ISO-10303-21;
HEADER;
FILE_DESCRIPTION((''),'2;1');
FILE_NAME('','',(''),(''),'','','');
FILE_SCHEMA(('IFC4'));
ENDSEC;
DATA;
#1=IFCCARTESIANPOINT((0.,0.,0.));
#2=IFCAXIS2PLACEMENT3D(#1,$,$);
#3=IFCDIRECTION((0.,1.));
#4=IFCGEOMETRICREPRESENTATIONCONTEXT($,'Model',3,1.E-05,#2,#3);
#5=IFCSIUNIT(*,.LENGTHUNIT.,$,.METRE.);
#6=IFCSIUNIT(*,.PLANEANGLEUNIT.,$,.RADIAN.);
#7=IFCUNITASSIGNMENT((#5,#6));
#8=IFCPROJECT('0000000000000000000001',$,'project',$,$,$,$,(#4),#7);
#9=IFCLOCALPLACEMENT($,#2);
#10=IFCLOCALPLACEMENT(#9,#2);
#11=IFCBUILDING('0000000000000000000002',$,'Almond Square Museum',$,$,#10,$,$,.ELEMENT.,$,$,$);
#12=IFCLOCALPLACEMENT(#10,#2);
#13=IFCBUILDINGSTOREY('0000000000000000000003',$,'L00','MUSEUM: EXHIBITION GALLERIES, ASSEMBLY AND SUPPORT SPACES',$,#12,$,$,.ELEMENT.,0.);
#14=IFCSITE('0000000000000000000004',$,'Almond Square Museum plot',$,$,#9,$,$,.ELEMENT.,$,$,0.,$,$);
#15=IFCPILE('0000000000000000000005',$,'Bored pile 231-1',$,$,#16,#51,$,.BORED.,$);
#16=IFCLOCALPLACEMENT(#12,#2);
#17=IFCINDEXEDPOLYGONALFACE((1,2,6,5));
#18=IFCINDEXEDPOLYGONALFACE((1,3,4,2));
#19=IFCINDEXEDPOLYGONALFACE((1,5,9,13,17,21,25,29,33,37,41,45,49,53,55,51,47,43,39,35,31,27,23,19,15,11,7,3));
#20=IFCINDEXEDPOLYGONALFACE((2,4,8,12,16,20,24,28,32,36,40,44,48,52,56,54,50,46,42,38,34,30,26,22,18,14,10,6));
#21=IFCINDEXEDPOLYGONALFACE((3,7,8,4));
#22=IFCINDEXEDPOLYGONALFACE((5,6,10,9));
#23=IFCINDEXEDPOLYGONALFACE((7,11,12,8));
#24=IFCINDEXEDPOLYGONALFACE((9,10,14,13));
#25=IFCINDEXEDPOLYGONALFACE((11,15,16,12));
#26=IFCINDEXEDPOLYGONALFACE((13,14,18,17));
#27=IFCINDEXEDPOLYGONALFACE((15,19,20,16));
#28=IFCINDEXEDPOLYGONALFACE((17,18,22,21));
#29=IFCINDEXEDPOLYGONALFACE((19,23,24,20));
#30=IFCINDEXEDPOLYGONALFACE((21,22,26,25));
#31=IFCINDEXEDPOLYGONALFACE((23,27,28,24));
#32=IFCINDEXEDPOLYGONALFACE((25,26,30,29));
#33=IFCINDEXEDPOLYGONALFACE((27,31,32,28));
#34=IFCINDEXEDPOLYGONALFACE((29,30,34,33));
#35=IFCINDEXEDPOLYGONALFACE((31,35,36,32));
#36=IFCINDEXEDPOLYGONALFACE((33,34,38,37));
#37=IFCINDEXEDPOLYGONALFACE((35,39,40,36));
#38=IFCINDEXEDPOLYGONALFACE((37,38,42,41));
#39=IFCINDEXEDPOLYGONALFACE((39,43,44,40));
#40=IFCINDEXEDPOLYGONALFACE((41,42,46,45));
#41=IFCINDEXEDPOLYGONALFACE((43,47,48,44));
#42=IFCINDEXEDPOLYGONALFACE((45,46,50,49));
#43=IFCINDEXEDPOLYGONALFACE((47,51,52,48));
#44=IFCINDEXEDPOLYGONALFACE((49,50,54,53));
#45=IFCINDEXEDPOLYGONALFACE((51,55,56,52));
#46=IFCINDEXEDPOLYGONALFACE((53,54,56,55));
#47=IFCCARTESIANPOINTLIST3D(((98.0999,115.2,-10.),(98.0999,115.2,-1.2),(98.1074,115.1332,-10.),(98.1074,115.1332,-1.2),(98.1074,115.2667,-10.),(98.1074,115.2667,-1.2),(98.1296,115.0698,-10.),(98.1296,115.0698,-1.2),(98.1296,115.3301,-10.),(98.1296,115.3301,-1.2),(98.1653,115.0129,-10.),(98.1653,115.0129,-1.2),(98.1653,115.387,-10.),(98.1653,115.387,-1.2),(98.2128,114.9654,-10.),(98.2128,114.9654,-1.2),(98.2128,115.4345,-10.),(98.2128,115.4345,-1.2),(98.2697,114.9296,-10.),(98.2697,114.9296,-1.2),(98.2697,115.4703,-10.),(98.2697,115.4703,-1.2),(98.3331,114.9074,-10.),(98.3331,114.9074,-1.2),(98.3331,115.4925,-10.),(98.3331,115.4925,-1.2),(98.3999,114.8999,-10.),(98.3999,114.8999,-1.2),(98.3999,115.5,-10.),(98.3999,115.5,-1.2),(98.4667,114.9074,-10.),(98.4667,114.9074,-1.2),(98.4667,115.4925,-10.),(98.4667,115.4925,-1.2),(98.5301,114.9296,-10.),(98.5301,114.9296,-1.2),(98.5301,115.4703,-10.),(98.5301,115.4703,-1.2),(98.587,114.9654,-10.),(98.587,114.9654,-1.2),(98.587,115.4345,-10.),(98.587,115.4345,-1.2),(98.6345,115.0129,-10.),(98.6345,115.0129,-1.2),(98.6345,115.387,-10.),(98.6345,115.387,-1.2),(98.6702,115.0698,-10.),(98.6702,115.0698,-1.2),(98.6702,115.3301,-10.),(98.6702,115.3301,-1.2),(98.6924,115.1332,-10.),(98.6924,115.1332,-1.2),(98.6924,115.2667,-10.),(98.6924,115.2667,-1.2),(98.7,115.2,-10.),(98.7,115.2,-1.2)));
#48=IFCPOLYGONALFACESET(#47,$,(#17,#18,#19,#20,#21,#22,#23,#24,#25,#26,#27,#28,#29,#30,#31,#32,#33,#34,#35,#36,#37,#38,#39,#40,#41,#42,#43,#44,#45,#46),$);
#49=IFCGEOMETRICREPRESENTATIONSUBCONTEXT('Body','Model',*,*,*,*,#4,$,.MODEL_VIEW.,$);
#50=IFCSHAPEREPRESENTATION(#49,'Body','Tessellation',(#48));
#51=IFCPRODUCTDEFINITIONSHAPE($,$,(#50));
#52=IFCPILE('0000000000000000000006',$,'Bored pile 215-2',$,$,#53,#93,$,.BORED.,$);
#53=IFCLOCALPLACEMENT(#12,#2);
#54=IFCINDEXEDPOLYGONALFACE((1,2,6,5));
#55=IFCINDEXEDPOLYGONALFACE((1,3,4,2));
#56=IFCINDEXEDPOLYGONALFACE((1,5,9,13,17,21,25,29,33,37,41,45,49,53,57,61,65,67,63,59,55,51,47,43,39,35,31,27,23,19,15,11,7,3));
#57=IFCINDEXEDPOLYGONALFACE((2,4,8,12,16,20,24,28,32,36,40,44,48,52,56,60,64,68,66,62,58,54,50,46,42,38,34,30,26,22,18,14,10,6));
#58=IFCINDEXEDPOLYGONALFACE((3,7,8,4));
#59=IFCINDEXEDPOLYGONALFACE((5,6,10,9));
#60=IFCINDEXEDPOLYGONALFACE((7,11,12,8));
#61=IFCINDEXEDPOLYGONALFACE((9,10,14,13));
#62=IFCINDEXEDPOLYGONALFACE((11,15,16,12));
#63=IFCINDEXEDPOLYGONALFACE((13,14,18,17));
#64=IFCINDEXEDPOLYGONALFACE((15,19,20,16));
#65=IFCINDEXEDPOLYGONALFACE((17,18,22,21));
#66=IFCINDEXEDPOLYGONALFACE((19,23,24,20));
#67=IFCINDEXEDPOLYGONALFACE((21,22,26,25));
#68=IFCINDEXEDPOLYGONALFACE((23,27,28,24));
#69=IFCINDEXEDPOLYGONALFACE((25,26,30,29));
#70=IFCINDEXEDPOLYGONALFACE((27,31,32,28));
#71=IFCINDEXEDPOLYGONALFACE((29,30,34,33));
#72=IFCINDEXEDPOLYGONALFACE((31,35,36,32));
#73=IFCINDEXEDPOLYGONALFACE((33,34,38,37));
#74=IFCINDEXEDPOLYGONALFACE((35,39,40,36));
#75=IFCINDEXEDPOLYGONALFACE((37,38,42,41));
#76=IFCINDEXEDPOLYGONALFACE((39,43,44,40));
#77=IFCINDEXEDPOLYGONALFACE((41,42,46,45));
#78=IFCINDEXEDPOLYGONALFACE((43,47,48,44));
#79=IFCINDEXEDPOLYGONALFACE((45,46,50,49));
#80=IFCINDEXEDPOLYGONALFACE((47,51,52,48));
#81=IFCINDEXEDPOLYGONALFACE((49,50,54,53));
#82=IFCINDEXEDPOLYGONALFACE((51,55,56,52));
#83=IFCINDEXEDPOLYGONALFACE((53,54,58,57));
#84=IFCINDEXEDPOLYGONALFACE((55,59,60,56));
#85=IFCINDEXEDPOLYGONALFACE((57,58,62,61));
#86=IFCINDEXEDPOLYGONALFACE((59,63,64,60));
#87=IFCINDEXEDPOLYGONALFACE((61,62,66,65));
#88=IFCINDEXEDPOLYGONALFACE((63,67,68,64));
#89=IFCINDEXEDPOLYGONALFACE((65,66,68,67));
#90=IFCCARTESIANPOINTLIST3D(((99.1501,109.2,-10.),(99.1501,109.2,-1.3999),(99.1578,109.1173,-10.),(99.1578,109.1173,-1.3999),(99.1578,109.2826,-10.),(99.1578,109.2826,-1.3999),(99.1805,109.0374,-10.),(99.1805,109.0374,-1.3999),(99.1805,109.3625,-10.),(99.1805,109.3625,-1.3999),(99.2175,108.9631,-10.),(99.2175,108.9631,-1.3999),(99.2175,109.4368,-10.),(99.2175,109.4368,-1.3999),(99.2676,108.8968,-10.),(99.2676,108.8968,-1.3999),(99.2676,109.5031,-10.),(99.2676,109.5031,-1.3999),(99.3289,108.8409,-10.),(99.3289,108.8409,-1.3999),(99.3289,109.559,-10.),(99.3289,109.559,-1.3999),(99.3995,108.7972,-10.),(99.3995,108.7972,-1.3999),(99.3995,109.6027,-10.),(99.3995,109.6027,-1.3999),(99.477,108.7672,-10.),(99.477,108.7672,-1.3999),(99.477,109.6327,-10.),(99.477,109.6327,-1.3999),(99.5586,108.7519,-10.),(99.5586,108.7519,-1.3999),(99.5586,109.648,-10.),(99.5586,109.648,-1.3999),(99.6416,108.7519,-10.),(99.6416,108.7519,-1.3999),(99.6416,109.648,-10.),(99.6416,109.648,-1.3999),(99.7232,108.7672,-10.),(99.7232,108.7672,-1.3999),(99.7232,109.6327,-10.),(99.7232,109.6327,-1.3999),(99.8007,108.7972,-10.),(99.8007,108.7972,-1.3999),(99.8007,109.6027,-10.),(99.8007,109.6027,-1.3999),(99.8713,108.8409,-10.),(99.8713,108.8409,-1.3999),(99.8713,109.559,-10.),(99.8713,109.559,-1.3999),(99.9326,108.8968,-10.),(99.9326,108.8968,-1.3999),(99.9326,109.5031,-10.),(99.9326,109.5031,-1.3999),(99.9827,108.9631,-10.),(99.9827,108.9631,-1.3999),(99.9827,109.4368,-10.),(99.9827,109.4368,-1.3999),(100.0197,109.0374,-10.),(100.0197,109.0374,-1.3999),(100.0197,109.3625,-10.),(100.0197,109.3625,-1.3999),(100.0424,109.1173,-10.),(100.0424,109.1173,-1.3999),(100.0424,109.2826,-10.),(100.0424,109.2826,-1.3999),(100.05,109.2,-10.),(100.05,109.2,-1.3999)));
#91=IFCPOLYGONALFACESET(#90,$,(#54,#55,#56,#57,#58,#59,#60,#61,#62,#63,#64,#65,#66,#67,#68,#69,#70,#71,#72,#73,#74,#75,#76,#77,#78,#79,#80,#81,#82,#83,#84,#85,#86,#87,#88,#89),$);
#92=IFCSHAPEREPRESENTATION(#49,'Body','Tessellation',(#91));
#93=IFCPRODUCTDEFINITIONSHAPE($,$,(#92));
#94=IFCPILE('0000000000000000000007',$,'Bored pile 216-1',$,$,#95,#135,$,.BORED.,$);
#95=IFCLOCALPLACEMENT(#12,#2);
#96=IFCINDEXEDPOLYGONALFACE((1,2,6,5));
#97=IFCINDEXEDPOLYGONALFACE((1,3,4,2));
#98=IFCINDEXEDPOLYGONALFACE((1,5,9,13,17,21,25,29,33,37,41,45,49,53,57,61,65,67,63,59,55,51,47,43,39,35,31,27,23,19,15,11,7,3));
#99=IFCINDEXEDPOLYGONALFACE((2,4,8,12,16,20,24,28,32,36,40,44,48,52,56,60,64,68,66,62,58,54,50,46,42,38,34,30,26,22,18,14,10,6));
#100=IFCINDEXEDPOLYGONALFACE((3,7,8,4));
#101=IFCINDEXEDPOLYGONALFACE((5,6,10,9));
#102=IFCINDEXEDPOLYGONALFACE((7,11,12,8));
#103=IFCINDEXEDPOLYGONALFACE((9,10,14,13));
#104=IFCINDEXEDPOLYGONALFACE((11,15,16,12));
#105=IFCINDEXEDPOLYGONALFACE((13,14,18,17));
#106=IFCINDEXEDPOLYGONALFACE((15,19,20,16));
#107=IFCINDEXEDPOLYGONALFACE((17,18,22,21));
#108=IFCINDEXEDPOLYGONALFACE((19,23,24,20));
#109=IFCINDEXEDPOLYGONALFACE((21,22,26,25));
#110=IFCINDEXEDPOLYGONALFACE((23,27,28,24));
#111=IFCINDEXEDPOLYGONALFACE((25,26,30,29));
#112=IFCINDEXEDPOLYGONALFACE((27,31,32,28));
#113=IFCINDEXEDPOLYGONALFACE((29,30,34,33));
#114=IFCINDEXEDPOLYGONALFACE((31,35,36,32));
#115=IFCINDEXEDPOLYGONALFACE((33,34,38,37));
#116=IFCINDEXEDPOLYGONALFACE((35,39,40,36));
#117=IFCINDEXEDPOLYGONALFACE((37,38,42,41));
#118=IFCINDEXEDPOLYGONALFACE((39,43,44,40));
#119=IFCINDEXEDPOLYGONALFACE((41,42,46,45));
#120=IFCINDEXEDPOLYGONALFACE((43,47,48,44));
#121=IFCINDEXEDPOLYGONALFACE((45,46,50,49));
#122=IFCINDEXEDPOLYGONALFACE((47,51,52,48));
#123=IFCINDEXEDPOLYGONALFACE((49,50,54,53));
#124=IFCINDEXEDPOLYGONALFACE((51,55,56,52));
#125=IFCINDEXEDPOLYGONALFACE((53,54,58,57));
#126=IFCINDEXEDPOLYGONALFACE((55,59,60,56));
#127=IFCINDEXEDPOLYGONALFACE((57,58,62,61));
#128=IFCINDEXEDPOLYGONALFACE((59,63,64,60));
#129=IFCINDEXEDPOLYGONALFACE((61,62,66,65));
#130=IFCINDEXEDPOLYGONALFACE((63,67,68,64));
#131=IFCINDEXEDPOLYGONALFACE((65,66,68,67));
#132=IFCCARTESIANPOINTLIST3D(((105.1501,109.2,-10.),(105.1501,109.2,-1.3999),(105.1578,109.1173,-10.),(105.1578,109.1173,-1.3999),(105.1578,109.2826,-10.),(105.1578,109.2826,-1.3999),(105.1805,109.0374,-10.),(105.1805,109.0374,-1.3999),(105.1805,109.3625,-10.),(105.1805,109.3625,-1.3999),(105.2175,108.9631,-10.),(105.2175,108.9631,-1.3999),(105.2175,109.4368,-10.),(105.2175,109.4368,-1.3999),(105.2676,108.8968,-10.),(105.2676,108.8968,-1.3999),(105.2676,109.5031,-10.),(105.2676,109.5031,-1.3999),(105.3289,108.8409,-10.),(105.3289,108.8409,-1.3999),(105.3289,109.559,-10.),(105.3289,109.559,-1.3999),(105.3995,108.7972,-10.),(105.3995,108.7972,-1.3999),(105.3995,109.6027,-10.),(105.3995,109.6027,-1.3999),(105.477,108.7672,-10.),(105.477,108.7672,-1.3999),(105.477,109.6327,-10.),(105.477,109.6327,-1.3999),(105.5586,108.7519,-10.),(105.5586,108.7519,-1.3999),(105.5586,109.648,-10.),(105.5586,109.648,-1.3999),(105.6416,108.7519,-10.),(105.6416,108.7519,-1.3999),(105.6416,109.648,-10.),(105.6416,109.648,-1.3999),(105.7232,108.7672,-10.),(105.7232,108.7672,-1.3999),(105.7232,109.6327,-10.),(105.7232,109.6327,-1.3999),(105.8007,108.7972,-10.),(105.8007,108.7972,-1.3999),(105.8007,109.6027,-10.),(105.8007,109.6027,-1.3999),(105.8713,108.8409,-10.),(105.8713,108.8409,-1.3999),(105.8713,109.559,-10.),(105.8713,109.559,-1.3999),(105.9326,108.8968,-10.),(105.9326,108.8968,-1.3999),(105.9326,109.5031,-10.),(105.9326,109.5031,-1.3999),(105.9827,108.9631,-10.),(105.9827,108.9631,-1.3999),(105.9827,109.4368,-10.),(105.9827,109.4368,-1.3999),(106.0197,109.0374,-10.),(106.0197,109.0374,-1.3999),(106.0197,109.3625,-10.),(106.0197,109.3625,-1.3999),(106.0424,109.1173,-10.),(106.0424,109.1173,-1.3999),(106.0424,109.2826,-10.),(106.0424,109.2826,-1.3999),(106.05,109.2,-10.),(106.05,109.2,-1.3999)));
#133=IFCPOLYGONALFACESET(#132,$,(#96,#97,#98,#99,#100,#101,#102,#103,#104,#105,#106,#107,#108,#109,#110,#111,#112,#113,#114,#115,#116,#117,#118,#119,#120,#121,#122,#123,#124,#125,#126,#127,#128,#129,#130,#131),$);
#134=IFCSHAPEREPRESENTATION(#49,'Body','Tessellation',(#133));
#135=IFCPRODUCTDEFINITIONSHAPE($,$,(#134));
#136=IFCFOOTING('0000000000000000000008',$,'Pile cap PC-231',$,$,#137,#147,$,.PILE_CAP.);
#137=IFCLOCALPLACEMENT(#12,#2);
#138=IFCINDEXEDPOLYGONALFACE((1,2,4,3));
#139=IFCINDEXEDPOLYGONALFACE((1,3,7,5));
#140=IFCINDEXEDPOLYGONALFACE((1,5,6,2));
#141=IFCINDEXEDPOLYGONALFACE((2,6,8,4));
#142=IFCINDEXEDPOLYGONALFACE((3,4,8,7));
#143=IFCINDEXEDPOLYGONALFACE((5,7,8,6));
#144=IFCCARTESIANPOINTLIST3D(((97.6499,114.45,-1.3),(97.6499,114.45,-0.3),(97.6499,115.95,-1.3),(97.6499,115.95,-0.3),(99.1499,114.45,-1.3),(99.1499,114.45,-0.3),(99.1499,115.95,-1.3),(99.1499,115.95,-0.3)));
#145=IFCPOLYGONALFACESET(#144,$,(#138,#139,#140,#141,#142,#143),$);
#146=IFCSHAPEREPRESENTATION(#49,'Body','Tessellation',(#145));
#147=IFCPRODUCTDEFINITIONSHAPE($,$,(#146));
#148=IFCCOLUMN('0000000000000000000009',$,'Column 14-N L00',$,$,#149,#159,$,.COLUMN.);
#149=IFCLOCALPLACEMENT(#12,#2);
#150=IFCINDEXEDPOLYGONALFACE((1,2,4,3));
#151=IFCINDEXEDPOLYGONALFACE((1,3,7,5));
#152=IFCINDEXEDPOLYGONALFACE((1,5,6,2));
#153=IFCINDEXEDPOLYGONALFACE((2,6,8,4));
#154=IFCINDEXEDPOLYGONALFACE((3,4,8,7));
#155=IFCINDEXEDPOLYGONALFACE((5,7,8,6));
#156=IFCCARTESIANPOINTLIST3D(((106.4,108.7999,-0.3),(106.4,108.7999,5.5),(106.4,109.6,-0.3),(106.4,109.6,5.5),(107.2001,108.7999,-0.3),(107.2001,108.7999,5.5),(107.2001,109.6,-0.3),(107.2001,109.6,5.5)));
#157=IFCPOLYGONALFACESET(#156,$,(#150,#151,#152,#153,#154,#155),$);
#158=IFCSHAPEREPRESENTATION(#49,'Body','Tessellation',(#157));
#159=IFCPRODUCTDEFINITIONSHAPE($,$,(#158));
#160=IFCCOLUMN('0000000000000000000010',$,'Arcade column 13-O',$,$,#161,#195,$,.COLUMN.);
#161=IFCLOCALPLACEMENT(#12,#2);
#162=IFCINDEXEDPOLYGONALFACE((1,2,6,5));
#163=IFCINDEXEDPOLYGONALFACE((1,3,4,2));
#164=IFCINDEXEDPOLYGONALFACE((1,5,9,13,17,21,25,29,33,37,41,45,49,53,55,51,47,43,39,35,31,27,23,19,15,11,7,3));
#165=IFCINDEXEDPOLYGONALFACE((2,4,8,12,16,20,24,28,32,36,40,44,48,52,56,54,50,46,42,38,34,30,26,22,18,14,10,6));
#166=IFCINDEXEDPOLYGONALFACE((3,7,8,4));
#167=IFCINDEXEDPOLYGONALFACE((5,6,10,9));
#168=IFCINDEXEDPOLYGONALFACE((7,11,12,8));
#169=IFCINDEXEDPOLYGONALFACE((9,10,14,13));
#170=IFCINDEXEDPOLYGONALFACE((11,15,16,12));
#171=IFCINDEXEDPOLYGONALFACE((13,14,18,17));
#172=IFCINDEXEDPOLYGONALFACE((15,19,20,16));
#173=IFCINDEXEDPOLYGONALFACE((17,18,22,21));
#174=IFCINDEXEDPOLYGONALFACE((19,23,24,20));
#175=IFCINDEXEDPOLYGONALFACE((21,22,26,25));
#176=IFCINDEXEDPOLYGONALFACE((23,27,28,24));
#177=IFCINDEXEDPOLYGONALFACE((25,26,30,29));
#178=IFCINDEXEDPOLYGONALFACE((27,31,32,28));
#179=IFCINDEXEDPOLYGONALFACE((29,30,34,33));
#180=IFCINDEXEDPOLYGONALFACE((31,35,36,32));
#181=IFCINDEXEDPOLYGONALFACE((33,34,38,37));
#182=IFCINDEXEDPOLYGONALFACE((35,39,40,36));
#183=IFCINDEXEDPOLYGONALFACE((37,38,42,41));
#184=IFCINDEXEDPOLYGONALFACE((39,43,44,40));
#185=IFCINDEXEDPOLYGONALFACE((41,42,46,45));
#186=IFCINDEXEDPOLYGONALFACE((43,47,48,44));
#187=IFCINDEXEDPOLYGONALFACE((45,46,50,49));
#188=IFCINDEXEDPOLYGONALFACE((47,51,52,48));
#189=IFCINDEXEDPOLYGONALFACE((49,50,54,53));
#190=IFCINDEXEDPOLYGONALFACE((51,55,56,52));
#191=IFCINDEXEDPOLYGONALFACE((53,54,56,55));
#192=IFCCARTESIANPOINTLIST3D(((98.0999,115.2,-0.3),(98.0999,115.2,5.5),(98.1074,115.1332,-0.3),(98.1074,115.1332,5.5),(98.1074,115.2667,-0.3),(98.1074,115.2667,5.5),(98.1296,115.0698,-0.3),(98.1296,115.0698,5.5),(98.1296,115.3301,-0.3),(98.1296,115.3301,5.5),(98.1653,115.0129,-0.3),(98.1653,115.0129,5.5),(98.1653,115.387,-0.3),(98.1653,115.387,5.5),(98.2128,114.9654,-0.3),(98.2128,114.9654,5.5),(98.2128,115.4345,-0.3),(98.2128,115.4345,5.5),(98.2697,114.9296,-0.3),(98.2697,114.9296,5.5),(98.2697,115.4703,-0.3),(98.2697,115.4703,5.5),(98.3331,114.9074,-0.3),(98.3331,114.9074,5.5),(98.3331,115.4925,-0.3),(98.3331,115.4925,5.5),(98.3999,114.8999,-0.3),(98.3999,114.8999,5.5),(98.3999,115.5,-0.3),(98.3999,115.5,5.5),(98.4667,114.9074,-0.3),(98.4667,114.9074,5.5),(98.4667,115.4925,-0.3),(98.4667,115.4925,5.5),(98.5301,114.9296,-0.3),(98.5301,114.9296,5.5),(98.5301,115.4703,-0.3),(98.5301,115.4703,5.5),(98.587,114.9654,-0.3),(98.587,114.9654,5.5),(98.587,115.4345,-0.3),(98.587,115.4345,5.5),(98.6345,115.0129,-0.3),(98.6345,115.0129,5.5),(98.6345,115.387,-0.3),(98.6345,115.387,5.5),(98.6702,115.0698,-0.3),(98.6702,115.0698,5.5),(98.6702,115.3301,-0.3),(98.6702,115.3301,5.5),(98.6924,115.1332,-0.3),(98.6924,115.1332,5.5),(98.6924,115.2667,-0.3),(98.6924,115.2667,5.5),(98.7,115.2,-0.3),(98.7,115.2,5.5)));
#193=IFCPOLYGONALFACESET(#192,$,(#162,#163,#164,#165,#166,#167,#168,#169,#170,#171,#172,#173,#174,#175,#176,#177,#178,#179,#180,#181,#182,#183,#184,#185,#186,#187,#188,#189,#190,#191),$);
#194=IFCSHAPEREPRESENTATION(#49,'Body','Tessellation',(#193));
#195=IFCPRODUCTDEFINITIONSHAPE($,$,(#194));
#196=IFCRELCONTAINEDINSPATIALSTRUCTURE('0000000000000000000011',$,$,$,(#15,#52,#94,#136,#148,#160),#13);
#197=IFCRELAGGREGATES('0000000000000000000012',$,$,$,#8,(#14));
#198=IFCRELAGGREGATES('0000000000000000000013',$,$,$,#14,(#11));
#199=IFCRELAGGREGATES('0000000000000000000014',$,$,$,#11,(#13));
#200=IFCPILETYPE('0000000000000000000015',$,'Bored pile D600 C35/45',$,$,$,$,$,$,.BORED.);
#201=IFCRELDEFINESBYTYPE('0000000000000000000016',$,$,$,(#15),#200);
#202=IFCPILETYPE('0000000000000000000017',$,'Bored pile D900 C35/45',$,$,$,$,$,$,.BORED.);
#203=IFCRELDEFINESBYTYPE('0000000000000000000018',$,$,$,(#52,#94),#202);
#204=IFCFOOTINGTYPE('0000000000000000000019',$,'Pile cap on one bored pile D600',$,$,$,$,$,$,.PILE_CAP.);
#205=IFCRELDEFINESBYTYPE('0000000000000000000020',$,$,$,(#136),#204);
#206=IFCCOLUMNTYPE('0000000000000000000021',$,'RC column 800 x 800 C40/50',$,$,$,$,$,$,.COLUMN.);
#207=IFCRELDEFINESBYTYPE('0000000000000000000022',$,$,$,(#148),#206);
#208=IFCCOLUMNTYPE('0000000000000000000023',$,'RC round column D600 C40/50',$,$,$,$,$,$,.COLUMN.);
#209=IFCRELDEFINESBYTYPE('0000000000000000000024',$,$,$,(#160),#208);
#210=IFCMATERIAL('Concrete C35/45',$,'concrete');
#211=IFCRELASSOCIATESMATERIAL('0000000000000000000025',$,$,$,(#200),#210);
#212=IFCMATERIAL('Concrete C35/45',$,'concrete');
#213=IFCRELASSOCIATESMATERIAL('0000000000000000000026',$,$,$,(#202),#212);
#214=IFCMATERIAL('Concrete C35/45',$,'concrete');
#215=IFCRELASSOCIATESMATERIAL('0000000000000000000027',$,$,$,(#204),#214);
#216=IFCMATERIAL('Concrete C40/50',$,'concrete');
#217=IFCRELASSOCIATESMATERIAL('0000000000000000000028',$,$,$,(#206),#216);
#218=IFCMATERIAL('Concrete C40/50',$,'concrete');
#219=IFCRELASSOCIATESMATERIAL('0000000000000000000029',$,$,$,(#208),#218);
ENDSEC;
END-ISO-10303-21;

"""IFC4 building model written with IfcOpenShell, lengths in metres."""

from ifc_helpers import new_model, si_unit, direction, frame, origin, origin_2d, place, context, subcontext, project, spatial, rectangle, circle, extrude, material, material_profile, profile_set, type_object, element, save


model = new_model("IFC4")

# Units and contexts
model_context = context("Model", 3, precision=1e-05, world=origin(), true_north=direction((0.0, 1.0)))
body_context = subcontext(model_context, "Body", "Model", "MODEL_VIEW")
ifc_project = project(units=[si_unit("LENGTHUNIT", "METRE"), si_unit("PLANEANGLEUNIT", "RADIAN")], contexts=[model_context])

# Site, building, storey
site_placement = place(None, origin())
site = spatial("IfcSite", under=ifc_project, at=site_placement, Name="Almond Square Museum plot", CompositionType="ELEMENT", RefElevation=0.0)
building_placement = place(site_placement, origin())
building = spatial("IfcBuilding", under=site, at=building_placement, Name="Almond Square Museum", CompositionType="ELEMENT")
storey_placement = place(building_placement, origin())
storey = spatial("IfcBuildingStorey", under=building, at=storey_placement, Name="L00", Description="MUSEUM: EXHIBITION GALLERIES, ASSEMBLY AND SUPPORT SPACES", CompositionType="ELEMENT", Elevation=0.0)

# Piles
ifc_material_1 = material(Name="Concrete C35/45", Category="concrete")
ifc_material_profile_1 = material_profile(ifc_material_1, circle(Radius=0.3, at=origin_2d()))
ifc_profile_set_1 = profile_set([ifc_material_profile_1], Name="Concrete C35/45")
pile_type_1 = type_object("IfcPileType", Name="Bored pile D600 C35/45", PredefinedType="BORED", material=ifc_profile_set_1)
pile_placement = place(storey_placement, frame((98.3999, 115.2, -1.2), z_axis=(0.0, 0.0, -1.0), x_axis=(1.0, 0.0, 0.0)))
element("IfcPile", 1, at=pile_placement, inside=storey, type_object=pile_type_1, Name="Bored pile 231-1", PredefinedType="BORED", context=body_context, shape_type="SweptSolid", body=[
    extrude(circle(Radius=0.3, at=origin_2d()), origin(), (0.0, 0.0, 1.0), 8.8),
])
ifc_material_2 = material(Name="Concrete C35/45", Category="concrete")
ifc_material_profile_2 = material_profile(ifc_material_2, circle(Radius=0.45, at=origin_2d()))
ifc_profile_set_2 = profile_set([ifc_material_profile_2], Name="Concrete C35/45")
pile_type_2 = type_object("IfcPileType", Name="Bored pile D900 C35/45", PredefinedType="BORED", material=ifc_profile_set_2)
for number, where, z_axis, x_axis, name in (
    (2, (99.6001, 109.2, -1.3999), (0.0, 0.0, -1.0), (1.0, 0.0, 0.0), "Bored pile 215-2"),
    (3, (105.6001, 109.2, -1.3999), (0.0, 0.0, -1.0), (1.0, 0.0, 0.0), "Bored pile 216-1"),
):
    element("IfcPile", number, at=place(storey_placement, frame(where, z_axis=z_axis, x_axis=x_axis)), inside=storey, type_object=pile_type_2, Name=name, PredefinedType="BORED", context=body_context, shape_type="SweptSolid", body=[
        extrude(circle(Radius=0.45, at=origin_2d()), origin(), (0.0, 0.0, 1.0), 8.6001),
    ])

# Footing
ifc_material_3 = material(Name="Concrete C35/45", Category="concrete")
footing_type = type_object("IfcFootingType", Name="Pile cap on one bored pile D600", PredefinedType="PILE_CAP", material=ifc_material_3)
footing_placement = place(storey_placement, frame((98.3999, 115.2, -1.3), z_axis=(0.0, 0.0, 1.0), x_axis=(1.0, 0.0, 0.0)))
element("IfcFooting", 4, at=footing_placement, inside=storey, type_object=footing_type, Name="Pile cap PC-231", PredefinedType="PILE_CAP", context=body_context, shape_type="SweptSolid", body=[
    extrude(rectangle(XDim=1.5, YDim=1.5, at=origin_2d()), origin(), (0.0, 0.0, 1.0), 1.0),
])

# Columns
ifc_material_4 = material(Name="Concrete C40/50", Category="concrete")
ifc_material_profile_3 = material_profile(ifc_material_4, rectangle(XDim=0.8, YDim=0.8, at=origin_2d()))
ifc_profile_set_3 = profile_set([ifc_material_profile_3], Name="Concrete C40/50")
column_type_1 = type_object("IfcColumnType", Name="RC column 800 x 800 C40/50", PredefinedType="COLUMN", material=ifc_profile_set_3)
column_1_placement = place(storey_placement, frame((106.8, 109.2, -0.3), z_axis=(0.0, 0.0, 1.0), x_axis=(1.0, 0.0, 0.0)))
element("IfcColumn", 5, at=column_1_placement, inside=storey, type_object=column_type_1, Name="Column 14-N L00", PredefinedType="COLUMN", context=body_context, shape_type="SweptSolid", body=[
    extrude(rectangle(XDim=0.8, YDim=0.8, at=origin_2d()), origin(), (0.0, 0.0, 1.0), 5.8),
])
ifc_material_5 = material(Name="Concrete C40/50", Category="concrete")
ifc_material_profile_4 = material_profile(ifc_material_5, circle(Radius=0.3, at=origin_2d()))
ifc_profile_set_4 = profile_set([ifc_material_profile_4], Name="Concrete C40/50")
column_type_2 = type_object("IfcColumnType", Name="RC round column D600 C40/50", PredefinedType="COLUMN", material=ifc_profile_set_4)
column_2_placement = place(storey_placement, frame((98.3999, 115.2, -0.3), z_axis=(0.0, 0.0, 1.0), x_axis=(1.0, 0.0, 0.0)))
element("IfcColumn", 6, at=column_2_placement, inside=storey, type_object=column_type_2, Name="Arcade column 13-O", PredefinedType="COLUMN", context=body_context, shape_type="SweptSolid", body=[
    extrude(circle(Radius=0.3, at=origin_2d()), origin(), (0.0, 0.0, 1.0), 5.8),
])

save(model, "model.ifc")
